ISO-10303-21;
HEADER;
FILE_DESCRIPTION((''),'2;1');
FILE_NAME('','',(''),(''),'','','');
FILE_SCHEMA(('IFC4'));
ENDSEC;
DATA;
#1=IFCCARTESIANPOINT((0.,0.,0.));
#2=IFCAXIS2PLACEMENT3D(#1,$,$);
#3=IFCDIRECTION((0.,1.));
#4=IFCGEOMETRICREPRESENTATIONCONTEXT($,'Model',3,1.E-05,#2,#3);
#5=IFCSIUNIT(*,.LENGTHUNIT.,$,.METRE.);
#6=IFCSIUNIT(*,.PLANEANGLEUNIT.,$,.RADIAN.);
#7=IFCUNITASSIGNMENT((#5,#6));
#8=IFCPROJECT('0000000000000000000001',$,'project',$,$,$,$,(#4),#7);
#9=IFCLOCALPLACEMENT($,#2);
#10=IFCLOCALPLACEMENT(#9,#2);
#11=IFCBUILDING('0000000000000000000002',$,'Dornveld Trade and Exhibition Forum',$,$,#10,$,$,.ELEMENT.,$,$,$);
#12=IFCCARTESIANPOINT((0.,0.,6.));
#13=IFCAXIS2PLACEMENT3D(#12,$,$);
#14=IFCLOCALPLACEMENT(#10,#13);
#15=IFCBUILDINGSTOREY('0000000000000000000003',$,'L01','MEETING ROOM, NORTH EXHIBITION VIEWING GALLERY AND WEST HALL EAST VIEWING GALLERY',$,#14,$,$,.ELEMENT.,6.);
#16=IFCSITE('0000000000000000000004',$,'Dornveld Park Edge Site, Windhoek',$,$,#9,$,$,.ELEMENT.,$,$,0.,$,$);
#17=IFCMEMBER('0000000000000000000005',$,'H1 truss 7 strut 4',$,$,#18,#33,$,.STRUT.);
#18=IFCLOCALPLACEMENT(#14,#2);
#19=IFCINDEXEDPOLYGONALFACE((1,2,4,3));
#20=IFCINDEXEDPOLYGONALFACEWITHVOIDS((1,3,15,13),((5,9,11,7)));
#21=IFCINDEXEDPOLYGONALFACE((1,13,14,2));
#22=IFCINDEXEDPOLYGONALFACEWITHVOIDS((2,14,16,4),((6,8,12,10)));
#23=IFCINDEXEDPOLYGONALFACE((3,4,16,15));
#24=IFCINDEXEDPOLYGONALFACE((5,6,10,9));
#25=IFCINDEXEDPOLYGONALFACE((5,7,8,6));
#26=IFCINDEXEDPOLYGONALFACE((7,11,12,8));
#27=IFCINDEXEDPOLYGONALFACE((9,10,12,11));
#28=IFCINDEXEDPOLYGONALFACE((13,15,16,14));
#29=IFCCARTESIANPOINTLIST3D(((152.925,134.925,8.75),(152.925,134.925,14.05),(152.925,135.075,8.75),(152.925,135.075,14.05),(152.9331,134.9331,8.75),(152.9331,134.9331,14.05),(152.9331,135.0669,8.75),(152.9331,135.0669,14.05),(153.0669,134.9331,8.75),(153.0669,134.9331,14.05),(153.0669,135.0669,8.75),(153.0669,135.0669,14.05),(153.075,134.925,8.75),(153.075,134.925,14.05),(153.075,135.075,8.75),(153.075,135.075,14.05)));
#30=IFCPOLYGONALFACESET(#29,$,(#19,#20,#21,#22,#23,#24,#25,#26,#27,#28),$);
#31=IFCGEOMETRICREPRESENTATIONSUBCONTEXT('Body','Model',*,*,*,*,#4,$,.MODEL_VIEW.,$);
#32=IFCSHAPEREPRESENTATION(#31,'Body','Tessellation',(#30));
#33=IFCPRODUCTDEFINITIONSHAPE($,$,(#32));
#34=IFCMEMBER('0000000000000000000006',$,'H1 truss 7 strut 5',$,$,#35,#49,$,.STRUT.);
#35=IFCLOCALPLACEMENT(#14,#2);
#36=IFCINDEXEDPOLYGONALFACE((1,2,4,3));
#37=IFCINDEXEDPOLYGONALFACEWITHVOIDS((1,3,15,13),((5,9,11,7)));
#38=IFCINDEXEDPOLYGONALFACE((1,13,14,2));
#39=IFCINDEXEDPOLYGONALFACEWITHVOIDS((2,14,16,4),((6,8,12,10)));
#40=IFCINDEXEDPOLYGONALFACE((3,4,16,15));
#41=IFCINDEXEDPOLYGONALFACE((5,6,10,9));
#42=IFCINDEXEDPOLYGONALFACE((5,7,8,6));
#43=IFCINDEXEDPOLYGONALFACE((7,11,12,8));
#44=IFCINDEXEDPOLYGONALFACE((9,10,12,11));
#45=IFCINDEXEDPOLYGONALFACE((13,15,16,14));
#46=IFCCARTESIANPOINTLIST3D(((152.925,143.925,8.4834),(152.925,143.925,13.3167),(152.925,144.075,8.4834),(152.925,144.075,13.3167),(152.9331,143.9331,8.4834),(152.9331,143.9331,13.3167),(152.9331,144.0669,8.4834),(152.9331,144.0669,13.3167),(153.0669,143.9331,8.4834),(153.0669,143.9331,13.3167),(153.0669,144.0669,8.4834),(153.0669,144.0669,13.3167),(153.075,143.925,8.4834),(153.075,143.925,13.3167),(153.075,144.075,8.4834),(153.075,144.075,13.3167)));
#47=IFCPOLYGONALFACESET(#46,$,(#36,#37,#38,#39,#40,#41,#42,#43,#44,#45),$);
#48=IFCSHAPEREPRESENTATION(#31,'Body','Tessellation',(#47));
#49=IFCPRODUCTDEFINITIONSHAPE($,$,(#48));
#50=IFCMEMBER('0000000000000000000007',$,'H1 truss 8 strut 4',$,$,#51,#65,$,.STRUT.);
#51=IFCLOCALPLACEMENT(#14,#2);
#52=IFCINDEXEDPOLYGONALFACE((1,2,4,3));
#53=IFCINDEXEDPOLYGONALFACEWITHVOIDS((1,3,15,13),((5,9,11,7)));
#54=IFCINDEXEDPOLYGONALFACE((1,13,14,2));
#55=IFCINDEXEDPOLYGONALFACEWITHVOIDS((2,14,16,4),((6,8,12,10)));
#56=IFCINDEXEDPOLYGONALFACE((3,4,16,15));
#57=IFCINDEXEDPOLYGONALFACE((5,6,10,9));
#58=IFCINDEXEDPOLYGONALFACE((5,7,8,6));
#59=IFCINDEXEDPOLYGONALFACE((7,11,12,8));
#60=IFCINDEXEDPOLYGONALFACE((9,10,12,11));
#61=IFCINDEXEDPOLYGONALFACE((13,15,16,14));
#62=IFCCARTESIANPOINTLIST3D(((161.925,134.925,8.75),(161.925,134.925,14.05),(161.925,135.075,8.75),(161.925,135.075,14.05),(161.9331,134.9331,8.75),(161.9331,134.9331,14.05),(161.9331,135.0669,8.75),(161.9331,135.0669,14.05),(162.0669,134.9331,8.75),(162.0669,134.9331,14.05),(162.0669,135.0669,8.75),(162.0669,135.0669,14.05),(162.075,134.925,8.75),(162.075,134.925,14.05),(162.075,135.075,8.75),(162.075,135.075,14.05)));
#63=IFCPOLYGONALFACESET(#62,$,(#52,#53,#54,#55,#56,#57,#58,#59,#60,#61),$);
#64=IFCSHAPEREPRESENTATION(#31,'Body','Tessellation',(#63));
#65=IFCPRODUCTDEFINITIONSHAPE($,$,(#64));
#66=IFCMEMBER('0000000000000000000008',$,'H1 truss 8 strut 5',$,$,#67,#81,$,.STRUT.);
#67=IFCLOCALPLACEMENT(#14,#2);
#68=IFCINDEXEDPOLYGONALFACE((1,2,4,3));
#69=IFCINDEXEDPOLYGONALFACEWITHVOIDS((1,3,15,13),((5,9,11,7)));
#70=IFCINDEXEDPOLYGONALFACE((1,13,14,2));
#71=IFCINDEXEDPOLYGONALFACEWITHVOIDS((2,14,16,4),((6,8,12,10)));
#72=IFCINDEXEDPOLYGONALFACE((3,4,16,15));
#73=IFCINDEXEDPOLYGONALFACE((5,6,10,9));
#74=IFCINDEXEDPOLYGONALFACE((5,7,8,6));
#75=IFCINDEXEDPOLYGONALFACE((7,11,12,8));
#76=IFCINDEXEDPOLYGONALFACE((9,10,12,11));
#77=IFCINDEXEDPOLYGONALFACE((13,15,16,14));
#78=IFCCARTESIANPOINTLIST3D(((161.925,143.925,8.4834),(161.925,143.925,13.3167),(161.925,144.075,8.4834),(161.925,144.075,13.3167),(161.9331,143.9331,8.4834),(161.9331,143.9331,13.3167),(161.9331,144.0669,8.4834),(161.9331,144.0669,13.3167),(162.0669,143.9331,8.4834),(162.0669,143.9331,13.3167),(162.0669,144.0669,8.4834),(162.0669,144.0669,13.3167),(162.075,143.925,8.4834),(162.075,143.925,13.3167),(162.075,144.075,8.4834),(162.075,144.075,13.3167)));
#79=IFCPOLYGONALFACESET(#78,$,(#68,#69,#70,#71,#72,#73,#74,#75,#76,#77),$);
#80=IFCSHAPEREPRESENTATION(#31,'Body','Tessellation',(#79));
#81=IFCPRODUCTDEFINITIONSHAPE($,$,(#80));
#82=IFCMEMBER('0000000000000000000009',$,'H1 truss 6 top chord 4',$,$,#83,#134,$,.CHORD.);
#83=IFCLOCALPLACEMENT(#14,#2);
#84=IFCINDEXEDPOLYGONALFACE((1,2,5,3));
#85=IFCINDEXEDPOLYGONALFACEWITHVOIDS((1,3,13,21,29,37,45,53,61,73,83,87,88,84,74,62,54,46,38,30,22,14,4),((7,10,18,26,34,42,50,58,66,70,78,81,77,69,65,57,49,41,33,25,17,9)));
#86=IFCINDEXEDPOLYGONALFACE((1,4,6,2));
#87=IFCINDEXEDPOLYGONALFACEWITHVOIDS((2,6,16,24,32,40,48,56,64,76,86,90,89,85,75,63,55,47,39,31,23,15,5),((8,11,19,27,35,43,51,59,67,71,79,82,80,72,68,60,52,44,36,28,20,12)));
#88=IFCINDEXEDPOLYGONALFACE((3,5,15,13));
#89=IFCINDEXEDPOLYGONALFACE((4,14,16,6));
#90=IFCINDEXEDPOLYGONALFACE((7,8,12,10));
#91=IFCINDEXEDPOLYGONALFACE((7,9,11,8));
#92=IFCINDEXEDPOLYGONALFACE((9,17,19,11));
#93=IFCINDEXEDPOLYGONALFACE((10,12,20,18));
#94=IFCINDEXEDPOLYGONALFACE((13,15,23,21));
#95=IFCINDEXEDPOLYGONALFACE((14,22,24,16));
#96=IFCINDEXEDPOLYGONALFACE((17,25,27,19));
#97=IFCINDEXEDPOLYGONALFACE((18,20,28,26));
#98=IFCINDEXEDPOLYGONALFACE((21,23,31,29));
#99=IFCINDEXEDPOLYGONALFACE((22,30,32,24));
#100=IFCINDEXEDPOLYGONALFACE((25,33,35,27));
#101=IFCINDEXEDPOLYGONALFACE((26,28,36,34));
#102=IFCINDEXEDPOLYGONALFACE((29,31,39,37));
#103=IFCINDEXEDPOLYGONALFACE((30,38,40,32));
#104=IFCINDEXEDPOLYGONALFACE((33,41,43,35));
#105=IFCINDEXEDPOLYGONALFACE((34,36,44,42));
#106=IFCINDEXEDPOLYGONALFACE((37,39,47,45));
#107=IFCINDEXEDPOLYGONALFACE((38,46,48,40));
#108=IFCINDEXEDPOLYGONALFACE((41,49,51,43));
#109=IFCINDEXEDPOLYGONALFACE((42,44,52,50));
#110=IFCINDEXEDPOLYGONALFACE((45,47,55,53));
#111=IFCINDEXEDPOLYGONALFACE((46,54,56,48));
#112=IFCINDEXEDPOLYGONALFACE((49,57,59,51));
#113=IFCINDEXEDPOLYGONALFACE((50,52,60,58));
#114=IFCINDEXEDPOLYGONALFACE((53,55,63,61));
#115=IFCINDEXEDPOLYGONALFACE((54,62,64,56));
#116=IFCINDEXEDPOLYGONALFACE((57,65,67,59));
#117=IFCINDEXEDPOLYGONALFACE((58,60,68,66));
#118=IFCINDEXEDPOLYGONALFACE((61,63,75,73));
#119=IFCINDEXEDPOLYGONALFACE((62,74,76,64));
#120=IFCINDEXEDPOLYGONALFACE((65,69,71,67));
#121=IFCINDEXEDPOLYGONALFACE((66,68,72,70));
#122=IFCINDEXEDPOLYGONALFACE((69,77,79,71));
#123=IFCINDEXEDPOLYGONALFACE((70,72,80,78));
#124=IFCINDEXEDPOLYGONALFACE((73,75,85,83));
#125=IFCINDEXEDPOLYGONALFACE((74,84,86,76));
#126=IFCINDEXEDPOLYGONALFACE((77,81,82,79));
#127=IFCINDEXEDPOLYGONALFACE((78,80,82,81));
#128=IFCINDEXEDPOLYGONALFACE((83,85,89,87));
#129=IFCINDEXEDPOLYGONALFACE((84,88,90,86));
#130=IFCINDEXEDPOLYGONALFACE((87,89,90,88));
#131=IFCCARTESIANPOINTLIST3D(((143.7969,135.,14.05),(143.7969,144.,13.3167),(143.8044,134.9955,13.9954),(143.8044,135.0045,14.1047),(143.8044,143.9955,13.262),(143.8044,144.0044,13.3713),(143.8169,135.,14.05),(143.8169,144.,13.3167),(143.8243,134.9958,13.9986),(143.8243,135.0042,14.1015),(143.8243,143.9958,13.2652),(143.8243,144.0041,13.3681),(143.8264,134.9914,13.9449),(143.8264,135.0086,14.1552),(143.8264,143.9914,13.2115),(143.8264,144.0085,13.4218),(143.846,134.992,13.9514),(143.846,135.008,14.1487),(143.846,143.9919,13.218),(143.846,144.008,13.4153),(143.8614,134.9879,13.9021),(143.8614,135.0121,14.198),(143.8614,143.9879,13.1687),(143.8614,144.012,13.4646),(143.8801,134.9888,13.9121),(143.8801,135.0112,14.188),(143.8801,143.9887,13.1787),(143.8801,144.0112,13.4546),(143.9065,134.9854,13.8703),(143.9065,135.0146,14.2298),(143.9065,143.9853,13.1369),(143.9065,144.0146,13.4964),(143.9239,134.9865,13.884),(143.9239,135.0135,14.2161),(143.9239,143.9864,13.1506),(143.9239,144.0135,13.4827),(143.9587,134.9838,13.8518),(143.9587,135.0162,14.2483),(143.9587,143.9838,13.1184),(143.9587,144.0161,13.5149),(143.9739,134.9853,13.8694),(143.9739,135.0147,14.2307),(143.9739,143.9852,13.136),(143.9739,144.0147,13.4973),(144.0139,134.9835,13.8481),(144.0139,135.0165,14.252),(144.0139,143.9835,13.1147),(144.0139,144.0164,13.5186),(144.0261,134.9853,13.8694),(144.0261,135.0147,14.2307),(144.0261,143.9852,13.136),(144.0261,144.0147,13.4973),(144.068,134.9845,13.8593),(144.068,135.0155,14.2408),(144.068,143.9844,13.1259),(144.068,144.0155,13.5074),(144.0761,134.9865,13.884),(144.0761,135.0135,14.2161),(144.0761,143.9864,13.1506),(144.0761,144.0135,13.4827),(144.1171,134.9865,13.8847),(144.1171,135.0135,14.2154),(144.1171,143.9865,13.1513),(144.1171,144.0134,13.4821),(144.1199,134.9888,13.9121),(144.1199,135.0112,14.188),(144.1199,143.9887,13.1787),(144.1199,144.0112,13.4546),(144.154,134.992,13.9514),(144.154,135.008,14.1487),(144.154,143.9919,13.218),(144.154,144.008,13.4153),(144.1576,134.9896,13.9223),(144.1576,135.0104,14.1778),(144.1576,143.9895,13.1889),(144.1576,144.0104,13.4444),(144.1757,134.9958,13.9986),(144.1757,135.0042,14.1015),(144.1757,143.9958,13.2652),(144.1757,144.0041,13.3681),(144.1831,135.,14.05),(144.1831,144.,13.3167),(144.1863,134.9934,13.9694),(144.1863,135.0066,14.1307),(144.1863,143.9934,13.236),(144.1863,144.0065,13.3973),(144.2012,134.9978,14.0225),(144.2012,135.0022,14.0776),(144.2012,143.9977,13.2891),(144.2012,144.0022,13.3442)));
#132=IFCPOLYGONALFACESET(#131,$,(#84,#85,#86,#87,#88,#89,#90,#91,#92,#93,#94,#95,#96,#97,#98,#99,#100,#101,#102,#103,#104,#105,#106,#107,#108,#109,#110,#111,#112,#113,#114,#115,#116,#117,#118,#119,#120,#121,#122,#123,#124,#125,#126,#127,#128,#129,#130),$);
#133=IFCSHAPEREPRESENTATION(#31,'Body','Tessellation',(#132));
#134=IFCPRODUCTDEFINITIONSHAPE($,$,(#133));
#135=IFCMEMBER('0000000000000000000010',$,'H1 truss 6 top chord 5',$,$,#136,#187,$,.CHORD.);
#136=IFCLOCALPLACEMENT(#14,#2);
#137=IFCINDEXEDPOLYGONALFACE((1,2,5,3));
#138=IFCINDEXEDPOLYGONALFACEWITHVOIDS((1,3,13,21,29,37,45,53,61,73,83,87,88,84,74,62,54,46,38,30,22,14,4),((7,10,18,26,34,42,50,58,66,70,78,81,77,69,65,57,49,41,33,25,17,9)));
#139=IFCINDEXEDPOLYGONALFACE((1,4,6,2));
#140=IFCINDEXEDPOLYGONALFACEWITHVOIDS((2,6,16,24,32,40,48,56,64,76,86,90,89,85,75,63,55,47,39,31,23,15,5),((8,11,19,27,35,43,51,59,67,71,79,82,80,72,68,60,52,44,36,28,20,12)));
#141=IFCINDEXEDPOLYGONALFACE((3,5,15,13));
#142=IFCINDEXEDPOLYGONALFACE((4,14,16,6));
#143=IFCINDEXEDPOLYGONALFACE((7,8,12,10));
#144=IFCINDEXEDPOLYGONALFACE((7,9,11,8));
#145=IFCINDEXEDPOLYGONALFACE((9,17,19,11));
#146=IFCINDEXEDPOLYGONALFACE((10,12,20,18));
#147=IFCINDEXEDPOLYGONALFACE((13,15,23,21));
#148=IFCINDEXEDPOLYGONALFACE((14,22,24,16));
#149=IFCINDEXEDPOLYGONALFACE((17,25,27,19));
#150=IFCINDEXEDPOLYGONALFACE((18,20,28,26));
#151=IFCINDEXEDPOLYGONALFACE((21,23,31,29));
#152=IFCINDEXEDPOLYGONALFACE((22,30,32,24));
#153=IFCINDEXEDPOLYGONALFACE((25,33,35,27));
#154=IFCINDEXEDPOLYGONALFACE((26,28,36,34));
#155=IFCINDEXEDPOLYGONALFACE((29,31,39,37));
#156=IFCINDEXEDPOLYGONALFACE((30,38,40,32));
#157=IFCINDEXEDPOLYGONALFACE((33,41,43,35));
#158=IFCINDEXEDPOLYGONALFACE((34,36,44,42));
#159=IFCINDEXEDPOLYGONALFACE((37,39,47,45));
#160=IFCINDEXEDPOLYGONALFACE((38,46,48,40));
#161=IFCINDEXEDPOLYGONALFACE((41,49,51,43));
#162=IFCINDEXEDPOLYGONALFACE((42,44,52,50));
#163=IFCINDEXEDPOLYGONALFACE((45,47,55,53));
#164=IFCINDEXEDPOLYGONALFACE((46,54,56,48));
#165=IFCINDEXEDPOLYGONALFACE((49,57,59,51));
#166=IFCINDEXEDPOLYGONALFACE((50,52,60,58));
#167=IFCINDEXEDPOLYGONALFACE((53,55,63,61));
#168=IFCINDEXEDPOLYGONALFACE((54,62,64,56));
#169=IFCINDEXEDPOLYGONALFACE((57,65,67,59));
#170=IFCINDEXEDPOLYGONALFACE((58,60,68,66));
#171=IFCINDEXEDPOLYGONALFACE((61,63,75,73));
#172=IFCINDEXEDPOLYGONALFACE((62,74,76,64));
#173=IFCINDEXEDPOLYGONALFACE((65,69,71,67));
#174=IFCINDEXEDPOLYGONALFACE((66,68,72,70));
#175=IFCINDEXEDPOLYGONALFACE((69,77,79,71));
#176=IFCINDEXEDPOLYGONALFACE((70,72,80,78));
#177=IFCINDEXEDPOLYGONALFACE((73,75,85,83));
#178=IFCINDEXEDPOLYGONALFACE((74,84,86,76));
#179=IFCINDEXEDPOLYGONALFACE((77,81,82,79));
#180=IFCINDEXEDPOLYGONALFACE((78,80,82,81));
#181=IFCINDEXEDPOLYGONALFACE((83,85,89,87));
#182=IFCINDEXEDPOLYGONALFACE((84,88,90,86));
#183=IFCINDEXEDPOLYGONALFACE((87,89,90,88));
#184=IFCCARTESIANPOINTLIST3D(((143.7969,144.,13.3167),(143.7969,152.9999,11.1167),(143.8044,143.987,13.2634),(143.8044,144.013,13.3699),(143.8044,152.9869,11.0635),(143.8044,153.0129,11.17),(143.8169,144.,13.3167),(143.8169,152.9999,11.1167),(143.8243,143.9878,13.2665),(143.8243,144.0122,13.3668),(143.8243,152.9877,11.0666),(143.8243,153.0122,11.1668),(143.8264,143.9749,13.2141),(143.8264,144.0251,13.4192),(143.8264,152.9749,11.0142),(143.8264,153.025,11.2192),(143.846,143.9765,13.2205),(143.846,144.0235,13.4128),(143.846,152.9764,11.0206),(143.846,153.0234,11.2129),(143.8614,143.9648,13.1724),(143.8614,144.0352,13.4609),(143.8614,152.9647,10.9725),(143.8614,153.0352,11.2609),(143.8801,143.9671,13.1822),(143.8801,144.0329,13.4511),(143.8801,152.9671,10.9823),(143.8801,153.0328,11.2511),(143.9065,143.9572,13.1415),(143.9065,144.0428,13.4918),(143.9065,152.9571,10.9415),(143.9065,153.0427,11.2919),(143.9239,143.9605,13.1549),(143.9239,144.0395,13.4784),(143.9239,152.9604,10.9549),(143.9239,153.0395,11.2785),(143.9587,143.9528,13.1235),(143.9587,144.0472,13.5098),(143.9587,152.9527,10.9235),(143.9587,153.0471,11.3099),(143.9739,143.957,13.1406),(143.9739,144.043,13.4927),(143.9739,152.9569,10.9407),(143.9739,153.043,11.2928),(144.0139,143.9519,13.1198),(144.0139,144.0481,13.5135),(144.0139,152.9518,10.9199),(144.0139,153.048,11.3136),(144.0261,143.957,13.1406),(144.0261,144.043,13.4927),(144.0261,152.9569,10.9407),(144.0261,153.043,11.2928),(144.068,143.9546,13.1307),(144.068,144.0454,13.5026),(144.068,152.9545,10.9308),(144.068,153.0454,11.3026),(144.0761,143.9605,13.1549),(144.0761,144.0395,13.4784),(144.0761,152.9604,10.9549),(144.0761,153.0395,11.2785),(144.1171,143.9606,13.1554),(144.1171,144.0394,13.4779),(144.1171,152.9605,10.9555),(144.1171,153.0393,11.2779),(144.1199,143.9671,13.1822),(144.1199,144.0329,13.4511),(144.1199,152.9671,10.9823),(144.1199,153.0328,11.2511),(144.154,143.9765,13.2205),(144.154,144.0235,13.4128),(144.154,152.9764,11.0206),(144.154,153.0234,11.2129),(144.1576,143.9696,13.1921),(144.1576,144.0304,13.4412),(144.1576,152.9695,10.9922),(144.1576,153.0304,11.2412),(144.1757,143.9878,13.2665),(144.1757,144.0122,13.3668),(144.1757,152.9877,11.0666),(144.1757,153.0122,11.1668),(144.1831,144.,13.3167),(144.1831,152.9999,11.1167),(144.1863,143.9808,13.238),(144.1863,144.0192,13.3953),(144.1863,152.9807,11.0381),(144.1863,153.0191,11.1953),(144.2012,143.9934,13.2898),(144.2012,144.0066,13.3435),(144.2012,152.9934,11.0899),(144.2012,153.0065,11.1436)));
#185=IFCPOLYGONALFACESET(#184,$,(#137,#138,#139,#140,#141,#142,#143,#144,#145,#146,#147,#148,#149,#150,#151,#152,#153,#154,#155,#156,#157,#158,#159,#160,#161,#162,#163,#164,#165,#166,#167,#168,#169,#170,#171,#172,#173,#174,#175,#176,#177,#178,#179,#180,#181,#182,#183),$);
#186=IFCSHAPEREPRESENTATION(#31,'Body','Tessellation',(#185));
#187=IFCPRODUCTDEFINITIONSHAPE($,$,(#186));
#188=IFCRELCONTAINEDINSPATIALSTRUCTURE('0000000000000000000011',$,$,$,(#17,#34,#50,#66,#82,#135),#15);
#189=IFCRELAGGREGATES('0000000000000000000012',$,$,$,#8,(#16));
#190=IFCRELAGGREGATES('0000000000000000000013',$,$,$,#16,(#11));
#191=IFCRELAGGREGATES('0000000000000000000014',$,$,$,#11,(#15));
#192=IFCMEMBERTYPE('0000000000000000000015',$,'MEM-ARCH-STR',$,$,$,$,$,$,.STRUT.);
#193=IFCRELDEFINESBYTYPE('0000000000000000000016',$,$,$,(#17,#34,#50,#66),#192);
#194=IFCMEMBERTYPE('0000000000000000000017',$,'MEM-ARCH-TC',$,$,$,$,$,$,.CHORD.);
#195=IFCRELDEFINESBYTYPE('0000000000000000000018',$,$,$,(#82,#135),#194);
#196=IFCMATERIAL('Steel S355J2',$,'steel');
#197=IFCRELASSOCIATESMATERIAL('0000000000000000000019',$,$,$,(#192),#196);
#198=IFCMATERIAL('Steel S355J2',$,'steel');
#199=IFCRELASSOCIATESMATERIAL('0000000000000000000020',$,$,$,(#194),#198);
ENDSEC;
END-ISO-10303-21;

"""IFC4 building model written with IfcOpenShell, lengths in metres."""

from ifc_helpers import new_model, si_unit, direction, frame, origin, origin_2d, place, context, subcontext, project, spatial, hollow_rectangle, hollow_circle, extrude, material, material_profile, profile_set, type_object, element, save


model = new_model("IFC4")

# Units and contexts
model_context = context("Model", 3, precision=1e-05, world=origin(), true_north=direction((0.0, 1.0)))
body_context = subcontext(model_context, "Body", "Model", "MODEL_VIEW")
ifc_project = project(units=[si_unit("LENGTHUNIT", "METRE"), si_unit("PLANEANGLEUNIT", "RADIAN")], contexts=[model_context])

# Site, building, storey
site_placement = place(None, origin())
site = spatial("IfcSite", under=ifc_project, at=site_placement, Name="Dornveld Park Edge Site, Windhoek", CompositionType="ELEMENT", RefElevation=0.0)
building_placement = place(site_placement, origin())
building = spatial("IfcBuilding", under=site, at=building_placement, Name="Dornveld Trade and Exhibition Forum", CompositionType="ELEMENT")
storey_placement = place(building_placement, frame((0.0, 0.0, 6.0)))
storey = spatial("IfcBuildingStorey", under=building, at=storey_placement, Name="L01", Description="MEETING ROOM, NORTH EXHIBITION VIEWING GALLERY AND WEST HALL EAST VIEWING GALLERY", CompositionType="ELEMENT", Elevation=6.0)

# Members
ifc_material_1 = material(Name="Steel S355J2", Category="steel")
ifc_material_profile_1 = material_profile(ifc_material_1, hollow_rectangle(XDim=0.1499, YDim=0.1499, WallThickness=0.0081, at=origin_2d()), Name="SHS 150x150x8")
ifc_profile_set_1 = profile_set([ifc_material_profile_1], Name="Steel S355J2")
member_type_1 = type_object("IfcMemberType", Name="MEM-ARCH-STR", PredefinedType="STRUT", material=ifc_profile_set_1)
member_1_placement = place(storey_placement, frame((153.0, 135.0, 8.75), z_axis=(0.0, 0.0, 1.0), x_axis=(1.0, 0.0, 0.0)))
element("IfcMember", 1, at=member_1_placement, inside=storey, type_object=member_type_1, Name="H1 truss 7 strut 4", PredefinedType="STRUT", context=body_context, shape_type="SweptSolid", body=[
    extrude(hollow_rectangle(XDim=0.1499, YDim=0.1499, WallThickness=0.0081, at=origin_2d()), origin(), (0.0, 0.0, 1.0), 5.3),
])
member_2_placement = place(storey_placement, frame((153.0, 144.0, 8.4834), z_axis=(0.0, 0.0, 1.0), x_axis=(1.0, 0.0, 0.0)))
element("IfcMember", 2, at=member_2_placement, inside=storey, type_object=member_type_1, Name="H1 truss 7 strut 5", PredefinedType="STRUT", context=body_context, shape_type="SweptSolid", body=[
    extrude(hollow_rectangle(XDim=0.1499, YDim=0.1499, WallThickness=0.0081, at=origin_2d()), origin(), (0.0, 0.0, 1.0), 4.8333),
])
member_3_placement = place(storey_placement, frame((162.0, 135.0, 8.75), z_axis=(0.0, 0.0, 1.0), x_axis=(1.0, 0.0, 0.0)))
element("IfcMember", 3, at=member_3_placement, inside=storey, type_object=member_type_1, Name="H1 truss 8 strut 4", PredefinedType="STRUT", context=body_context, shape_type="SweptSolid", body=[
    extrude(hollow_rectangle(XDim=0.1499, YDim=0.1499, WallThickness=0.0081, at=origin_2d()), origin(), (0.0, 0.0, 1.0), 5.3),
])
member_4_placement = place(storey_placement, frame((162.0, 144.0, 8.4834), z_axis=(0.0, 0.0, 1.0), x_axis=(1.0, 0.0, 0.0)))
element("IfcMember", 4, at=member_4_placement, inside=storey, type_object=member_type_1, Name="H1 truss 8 strut 5", PredefinedType="STRUT", context=body_context, shape_type="SweptSolid", body=[
    extrude(hollow_rectangle(XDim=0.1499, YDim=0.1499, WallThickness=0.0081, at=origin_2d()), origin(), (0.0, 0.0, 1.0), 4.8333),
])
ifc_material_2 = material(Name="Steel S355J2", Category="steel")
ifc_material_profile_2 = material_profile(ifc_material_2, hollow_circle(Radius=0.2031, WallThickness=0.02, at=origin_2d()), Name="CHS 406.4x20")
ifc_profile_set_2 = profile_set([ifc_material_profile_2], Name="Steel S355J2")
member_type_2 = type_object("IfcMemberType", Name="MEM-ARCH-TC", PredefinedType="CHORD", material=ifc_profile_set_2)
member_5_placement = place(storey_placement, frame((144.0, 135.0, 14.05), z_axis=(0.0, 0.996696, -0.081219), x_axis=(-1.0, 0.0, 0.0)))
element("IfcMember", 5, at=member_5_placement, inside=storey, type_object=member_type_2, Name="H1 truss 6 top chord 4", PredefinedType="CHORD", context=body_context, shape_type="SweptSolid", body=[
    extrude(hollow_circle(Radius=0.2031, WallThickness=0.02, at=origin_2d()), origin(), (0.0, 0.0, 1.0), 9.0298),
])
member_6_placement = place(storey_placement, frame((144.0, 144.0, 13.3167), z_axis=(0.0, 0.9714, -0.237448), x_axis=(-1.0, 0.0, 0.0)))
element("IfcMember", 6, at=member_6_placement, inside=storey, type_object=member_type_2, Name="H1 truss 6 top chord 5", PredefinedType="CHORD", context=body_context, shape_type="SweptSolid", body=[
    extrude(hollow_circle(Radius=0.2031, WallThickness=0.02, at=origin_2d()), origin(), (0.0, 0.0, 1.0), 9.2649),
])

save(model, "model.ifc")
